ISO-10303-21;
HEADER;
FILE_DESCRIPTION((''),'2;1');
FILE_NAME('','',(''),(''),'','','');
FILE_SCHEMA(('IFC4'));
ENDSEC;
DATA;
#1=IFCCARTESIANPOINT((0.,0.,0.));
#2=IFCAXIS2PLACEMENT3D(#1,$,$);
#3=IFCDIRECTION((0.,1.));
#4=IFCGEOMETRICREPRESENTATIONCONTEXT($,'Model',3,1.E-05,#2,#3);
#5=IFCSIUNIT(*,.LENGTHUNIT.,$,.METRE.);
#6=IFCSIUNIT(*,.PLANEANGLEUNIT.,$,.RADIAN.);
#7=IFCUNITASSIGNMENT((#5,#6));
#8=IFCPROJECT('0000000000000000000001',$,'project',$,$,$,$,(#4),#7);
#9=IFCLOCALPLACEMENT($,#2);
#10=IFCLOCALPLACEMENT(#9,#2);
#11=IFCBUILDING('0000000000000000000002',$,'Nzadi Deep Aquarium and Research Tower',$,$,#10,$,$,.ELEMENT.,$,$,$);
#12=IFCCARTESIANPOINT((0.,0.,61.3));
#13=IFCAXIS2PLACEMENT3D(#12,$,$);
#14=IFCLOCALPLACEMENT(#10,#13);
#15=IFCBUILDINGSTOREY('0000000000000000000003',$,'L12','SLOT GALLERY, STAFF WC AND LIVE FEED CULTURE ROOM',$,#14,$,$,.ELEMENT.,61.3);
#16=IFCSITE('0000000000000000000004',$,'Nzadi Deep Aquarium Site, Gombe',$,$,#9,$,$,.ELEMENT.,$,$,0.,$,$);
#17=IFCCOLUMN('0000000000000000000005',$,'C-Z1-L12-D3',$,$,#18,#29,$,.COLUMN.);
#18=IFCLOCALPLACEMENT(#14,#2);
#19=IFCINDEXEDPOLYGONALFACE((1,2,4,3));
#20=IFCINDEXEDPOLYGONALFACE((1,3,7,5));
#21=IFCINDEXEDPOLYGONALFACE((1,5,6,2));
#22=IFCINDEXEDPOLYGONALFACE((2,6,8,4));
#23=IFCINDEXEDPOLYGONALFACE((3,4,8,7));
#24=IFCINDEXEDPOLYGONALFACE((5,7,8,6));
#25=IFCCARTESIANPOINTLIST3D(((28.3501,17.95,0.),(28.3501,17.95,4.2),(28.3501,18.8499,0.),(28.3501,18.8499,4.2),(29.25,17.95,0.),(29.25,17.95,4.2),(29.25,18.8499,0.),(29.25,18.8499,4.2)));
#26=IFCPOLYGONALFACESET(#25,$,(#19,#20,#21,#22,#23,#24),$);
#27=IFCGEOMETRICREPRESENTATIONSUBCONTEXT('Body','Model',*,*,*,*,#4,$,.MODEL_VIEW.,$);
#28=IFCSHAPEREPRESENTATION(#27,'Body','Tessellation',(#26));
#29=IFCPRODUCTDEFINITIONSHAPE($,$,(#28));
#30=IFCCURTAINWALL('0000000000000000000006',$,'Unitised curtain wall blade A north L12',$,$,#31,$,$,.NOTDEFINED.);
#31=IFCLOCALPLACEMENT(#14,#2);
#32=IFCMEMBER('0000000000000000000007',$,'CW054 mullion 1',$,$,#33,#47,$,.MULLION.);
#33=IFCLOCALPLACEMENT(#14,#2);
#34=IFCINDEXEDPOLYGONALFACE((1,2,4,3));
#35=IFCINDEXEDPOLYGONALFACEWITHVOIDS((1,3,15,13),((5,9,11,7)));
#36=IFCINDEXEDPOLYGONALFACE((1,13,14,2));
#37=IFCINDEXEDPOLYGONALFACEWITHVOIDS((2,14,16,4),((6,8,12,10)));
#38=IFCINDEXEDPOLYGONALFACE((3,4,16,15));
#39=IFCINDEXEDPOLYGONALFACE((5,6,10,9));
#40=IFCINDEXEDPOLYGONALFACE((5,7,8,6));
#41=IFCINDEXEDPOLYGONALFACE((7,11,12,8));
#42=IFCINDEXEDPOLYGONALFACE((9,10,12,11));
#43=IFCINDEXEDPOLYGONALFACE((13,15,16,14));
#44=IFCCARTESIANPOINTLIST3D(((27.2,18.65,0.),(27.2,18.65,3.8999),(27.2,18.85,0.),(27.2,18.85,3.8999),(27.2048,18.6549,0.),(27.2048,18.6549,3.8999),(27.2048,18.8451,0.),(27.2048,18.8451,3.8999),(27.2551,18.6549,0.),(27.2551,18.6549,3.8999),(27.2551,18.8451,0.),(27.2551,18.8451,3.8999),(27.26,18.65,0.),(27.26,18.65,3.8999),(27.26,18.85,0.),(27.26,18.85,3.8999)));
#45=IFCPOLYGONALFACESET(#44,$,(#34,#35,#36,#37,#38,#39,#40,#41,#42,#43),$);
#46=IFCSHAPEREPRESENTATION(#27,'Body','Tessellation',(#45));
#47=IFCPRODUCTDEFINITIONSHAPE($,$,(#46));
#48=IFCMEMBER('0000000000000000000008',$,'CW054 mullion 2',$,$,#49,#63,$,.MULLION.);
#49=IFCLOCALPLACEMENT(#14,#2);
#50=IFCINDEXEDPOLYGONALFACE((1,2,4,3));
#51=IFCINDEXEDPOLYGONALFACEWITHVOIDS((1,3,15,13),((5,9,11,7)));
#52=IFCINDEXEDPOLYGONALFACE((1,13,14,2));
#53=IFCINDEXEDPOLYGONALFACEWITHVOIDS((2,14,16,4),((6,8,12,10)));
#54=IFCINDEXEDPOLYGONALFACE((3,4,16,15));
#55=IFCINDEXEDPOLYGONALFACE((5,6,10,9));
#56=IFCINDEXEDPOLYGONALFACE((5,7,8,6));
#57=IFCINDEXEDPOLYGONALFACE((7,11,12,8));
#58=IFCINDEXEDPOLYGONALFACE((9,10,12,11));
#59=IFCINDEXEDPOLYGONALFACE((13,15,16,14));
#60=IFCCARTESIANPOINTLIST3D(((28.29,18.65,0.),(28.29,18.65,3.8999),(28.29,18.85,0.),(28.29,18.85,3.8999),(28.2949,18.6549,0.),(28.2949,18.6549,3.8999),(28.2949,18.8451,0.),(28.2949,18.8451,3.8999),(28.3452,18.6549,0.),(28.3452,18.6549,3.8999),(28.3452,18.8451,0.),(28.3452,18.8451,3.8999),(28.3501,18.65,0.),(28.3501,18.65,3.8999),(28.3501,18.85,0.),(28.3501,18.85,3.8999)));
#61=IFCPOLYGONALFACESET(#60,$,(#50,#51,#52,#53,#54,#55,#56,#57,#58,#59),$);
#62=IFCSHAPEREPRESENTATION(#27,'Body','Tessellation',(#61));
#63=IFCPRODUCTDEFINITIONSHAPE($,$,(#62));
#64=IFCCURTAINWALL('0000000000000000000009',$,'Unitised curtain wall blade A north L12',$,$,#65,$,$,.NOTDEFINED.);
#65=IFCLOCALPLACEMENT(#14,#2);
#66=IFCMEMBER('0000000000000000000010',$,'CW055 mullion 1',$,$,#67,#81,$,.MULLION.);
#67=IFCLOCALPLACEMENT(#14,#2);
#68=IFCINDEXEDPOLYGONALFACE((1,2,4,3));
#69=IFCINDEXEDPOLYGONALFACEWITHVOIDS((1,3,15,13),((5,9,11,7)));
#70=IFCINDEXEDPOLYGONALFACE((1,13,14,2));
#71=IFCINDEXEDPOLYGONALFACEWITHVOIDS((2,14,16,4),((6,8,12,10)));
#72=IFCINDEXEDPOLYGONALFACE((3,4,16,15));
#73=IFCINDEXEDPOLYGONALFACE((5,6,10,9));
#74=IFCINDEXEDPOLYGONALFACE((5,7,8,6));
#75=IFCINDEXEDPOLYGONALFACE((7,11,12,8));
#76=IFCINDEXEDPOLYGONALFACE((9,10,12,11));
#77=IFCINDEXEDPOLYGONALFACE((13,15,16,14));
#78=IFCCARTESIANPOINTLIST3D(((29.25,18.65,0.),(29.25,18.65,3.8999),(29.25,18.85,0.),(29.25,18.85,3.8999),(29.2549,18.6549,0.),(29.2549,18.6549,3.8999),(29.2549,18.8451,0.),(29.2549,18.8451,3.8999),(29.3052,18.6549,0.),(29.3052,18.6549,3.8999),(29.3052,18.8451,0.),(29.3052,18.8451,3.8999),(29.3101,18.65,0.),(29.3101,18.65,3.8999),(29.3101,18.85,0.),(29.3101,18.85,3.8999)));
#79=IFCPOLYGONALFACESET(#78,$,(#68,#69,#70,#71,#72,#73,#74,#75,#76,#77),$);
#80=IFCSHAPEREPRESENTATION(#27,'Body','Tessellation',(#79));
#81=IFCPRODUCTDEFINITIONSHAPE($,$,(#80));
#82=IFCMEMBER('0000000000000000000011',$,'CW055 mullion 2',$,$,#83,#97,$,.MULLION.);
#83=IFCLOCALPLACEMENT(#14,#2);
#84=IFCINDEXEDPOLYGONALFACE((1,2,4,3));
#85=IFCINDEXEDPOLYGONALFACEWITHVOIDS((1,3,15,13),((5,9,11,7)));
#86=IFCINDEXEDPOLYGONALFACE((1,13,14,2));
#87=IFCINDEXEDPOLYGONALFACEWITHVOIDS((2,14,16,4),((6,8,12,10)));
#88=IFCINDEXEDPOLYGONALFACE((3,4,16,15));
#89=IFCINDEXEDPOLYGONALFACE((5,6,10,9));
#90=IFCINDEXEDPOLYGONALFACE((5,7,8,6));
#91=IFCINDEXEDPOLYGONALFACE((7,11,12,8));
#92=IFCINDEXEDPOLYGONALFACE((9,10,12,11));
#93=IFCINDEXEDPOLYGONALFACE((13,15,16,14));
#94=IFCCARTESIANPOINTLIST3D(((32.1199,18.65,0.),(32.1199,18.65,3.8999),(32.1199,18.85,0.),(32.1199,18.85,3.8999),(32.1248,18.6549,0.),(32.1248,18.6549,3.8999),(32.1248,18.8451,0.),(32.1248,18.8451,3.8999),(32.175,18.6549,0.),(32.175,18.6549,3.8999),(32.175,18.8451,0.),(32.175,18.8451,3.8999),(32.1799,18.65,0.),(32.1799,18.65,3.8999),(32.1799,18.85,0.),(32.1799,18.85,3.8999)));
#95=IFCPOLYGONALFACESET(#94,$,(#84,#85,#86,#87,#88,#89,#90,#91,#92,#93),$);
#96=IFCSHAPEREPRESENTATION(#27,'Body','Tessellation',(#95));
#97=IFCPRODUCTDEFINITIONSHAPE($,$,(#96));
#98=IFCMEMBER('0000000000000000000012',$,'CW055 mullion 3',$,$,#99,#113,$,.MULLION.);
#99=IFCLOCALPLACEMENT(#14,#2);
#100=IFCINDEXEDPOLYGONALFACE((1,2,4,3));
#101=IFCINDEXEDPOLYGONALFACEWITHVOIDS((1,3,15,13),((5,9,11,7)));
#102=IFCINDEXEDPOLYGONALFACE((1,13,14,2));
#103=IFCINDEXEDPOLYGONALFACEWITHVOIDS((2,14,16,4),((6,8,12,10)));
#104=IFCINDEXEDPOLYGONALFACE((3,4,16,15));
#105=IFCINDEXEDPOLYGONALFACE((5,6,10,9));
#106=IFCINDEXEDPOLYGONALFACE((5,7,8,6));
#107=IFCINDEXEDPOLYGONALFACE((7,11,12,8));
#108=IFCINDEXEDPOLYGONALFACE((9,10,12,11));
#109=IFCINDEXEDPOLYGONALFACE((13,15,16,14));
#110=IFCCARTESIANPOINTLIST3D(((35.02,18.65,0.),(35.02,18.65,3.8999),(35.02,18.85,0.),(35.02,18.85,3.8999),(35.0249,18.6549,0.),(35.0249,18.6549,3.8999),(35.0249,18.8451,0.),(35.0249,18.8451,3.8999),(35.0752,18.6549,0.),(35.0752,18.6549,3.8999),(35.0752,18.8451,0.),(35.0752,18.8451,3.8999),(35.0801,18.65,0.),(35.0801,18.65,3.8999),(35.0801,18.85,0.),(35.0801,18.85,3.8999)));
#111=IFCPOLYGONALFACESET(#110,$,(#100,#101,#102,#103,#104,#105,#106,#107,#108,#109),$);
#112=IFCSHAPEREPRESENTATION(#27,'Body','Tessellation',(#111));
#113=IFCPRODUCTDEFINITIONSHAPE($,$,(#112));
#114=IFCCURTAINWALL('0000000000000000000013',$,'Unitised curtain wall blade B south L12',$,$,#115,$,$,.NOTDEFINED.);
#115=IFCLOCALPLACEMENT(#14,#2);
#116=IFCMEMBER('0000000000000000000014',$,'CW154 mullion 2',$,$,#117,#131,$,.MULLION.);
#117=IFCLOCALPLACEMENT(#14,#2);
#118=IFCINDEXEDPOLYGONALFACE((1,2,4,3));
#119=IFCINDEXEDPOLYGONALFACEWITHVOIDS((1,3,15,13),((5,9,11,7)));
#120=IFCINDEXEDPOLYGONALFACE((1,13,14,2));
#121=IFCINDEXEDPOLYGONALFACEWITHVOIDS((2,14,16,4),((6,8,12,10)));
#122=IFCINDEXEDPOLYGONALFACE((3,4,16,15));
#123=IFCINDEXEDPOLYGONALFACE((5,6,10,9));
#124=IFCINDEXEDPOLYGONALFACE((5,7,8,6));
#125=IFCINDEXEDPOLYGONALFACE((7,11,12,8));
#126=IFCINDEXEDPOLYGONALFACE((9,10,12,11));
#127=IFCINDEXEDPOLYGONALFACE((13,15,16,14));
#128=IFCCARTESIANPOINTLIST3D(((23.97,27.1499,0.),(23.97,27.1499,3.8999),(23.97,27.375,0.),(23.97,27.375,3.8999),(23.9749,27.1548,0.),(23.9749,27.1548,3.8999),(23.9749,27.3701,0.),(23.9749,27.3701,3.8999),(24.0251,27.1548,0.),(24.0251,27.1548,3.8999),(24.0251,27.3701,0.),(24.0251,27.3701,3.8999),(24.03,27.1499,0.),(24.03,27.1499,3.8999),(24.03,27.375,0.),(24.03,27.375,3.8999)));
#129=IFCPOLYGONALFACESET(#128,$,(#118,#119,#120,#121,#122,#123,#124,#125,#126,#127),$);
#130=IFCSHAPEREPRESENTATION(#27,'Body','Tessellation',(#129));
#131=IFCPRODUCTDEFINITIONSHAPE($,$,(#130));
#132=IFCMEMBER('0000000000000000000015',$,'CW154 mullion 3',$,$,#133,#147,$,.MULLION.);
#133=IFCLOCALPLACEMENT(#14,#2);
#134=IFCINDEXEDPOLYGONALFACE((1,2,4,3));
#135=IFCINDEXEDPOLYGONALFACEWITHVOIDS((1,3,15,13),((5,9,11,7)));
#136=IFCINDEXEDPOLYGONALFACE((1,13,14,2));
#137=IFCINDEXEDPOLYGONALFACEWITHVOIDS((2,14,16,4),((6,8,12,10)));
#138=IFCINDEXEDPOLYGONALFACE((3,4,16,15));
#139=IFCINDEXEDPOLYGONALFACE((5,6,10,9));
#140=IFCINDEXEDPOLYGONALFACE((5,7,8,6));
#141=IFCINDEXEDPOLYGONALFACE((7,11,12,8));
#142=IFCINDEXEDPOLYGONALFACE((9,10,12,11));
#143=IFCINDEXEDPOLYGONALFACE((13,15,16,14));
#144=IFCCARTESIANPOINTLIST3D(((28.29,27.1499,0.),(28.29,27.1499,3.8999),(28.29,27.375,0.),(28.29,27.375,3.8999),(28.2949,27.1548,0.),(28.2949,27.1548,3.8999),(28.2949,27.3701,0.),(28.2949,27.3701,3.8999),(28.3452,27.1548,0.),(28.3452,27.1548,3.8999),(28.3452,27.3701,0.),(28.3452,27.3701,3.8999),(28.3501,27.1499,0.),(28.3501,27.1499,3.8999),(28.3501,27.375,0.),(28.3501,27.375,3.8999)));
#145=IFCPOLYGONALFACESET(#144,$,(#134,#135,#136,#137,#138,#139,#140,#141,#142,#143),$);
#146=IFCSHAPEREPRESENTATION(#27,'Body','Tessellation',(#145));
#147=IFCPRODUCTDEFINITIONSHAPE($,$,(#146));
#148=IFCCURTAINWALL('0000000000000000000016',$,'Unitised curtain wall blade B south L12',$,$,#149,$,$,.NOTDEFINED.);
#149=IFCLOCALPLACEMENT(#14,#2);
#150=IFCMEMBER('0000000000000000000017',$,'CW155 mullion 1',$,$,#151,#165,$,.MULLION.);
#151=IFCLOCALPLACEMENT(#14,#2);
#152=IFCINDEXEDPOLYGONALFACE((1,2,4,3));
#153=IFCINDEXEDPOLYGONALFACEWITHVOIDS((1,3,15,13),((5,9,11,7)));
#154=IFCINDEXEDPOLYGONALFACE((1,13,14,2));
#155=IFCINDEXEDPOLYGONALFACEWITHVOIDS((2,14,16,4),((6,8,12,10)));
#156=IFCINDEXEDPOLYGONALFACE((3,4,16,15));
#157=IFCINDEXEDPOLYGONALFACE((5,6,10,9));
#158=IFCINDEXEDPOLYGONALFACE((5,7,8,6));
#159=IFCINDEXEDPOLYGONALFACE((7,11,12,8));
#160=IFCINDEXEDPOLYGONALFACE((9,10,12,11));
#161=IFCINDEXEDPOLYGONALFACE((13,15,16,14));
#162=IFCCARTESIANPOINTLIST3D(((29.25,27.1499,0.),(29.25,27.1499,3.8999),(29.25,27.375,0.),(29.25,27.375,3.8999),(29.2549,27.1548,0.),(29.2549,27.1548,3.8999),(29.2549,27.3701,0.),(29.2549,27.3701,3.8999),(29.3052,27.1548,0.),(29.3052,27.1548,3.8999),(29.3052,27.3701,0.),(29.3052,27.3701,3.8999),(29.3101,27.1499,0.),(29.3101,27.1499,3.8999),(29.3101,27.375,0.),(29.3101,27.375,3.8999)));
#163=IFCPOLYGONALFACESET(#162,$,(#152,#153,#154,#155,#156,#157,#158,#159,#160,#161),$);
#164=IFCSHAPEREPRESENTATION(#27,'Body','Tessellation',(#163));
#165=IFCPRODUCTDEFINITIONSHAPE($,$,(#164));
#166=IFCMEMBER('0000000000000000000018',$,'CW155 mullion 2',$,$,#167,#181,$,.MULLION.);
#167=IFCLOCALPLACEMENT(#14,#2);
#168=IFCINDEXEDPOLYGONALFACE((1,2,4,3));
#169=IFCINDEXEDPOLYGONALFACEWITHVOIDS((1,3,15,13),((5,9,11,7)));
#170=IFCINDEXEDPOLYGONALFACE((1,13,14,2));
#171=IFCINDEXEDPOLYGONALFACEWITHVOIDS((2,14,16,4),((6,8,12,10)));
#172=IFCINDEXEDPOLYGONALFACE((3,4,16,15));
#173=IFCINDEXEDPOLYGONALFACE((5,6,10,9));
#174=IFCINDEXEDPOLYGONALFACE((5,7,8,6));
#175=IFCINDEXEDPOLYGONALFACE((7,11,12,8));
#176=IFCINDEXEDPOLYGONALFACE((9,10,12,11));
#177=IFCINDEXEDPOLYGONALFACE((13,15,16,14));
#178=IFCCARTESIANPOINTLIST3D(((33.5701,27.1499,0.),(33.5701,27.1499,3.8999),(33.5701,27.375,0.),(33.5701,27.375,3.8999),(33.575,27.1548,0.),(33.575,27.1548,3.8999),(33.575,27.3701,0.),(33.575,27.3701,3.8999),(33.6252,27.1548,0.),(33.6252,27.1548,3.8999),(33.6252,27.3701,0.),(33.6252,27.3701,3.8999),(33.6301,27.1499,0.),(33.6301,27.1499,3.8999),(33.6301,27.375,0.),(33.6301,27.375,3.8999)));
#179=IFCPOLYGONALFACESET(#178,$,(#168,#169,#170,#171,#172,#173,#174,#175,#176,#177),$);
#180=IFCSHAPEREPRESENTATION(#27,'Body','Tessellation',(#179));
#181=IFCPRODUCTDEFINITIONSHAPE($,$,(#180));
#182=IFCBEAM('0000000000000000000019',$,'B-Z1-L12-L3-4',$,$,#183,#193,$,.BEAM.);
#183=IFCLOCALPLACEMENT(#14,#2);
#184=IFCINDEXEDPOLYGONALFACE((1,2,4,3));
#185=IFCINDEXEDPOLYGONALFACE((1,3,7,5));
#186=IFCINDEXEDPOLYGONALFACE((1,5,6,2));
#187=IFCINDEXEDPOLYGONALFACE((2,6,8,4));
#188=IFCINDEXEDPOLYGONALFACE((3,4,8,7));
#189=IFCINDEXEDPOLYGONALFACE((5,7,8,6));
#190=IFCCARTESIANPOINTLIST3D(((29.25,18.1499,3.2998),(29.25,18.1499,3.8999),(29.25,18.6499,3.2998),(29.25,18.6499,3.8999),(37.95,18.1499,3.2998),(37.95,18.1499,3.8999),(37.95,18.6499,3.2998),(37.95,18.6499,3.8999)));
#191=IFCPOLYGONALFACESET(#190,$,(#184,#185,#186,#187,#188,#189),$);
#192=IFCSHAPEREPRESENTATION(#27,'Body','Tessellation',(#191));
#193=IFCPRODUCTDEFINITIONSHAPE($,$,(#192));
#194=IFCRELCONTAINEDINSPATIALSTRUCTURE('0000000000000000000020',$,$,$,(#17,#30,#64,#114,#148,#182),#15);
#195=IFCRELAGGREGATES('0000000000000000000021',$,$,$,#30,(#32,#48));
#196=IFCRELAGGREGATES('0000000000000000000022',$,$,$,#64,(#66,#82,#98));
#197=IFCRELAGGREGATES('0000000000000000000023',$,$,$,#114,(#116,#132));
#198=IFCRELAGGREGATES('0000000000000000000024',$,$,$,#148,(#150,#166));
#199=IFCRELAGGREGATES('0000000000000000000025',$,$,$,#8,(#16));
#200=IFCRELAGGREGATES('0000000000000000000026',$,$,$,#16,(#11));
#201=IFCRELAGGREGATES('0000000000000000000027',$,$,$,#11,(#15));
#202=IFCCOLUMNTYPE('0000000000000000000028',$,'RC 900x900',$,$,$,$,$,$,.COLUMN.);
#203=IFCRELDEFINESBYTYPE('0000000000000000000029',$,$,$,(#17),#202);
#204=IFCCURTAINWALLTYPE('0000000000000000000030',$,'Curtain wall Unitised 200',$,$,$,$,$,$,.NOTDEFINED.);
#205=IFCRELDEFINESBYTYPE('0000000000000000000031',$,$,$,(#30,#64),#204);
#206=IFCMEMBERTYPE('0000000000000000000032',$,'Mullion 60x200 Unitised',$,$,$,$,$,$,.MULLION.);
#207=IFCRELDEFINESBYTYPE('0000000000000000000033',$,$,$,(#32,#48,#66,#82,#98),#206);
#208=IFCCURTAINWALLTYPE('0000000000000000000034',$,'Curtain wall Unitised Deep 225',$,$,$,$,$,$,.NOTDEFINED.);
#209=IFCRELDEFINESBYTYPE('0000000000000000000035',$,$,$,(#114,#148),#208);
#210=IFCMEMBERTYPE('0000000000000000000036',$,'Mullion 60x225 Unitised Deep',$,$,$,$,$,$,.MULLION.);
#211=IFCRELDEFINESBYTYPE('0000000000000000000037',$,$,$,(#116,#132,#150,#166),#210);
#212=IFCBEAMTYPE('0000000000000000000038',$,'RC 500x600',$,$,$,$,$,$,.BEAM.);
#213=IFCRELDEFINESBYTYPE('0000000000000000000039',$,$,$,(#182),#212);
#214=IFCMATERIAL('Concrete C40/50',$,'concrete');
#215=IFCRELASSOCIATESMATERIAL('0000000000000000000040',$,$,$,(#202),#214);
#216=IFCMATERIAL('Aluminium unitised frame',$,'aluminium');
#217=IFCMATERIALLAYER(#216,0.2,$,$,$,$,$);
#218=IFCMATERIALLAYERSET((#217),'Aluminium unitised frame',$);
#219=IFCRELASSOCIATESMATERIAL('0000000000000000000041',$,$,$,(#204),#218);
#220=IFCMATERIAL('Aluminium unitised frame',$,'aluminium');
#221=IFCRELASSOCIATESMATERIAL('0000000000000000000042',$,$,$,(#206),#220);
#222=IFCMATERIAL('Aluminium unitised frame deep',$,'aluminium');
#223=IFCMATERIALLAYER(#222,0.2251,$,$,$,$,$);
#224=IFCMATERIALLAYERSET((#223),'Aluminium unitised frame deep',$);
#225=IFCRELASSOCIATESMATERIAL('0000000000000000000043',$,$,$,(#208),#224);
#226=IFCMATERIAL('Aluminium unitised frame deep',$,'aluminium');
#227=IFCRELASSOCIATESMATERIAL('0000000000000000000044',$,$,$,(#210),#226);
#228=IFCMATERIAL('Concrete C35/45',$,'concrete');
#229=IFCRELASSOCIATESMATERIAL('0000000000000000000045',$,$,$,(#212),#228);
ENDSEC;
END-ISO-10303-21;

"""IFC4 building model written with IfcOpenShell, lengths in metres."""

from ifc_helpers import new_model, si_unit, direction, frame, origin, origin_2d, place, context, subcontext, project, spatial, rectangle, hollow_rectangle, extrude, material, layer, layer_set, material_profile, profile_set, type_object, element, aggregate, save


model = new_model("IFC4")

# Units and contexts
model_context = context("Model", 3, precision=1e-05, world=origin(), true_north=direction((0.0, 1.0)))
body_context = subcontext(model_context, "Body", "Model", "MODEL_VIEW")
ifc_project = project(units=[si_unit("LENGTHUNIT", "METRE"), si_unit("PLANEANGLEUNIT", "RADIAN")], contexts=[model_context])

# Site, building, storey
site_placement = place(None, origin())
site = spatial("IfcSite", under=ifc_project, at=site_placement, Name="Nzadi Deep Aquarium Site, Gombe", CompositionType="ELEMENT", RefElevation=0.0)
building_placement = place(site_placement, origin())
building = spatial("IfcBuilding", under=site, at=building_placement, Name="Nzadi Deep Aquarium and Research Tower", CompositionType="ELEMENT")
storey_placement = place(building_placement, frame((0.0, 0.0, 61.3)))
storey = spatial("IfcBuildingStorey", under=building, at=storey_placement, Name="L12", Description="SLOT GALLERY, STAFF WC AND LIVE FEED CULTURE ROOM", CompositionType="ELEMENT", Elevation=61.3)

# Column
ifc_material_1 = material(Name="Concrete C40/50", Category="concrete")
ifc_material_profile_1 = material_profile(ifc_material_1, rectangle(XDim=0.8999, YDim=0.8999, at=origin_2d()))
ifc_profile_set_1 = profile_set([ifc_material_profile_1], Name="Concrete C40/50")
column_type = type_object("IfcColumnType", Name="RC 900x900", PredefinedType="COLUMN", material=ifc_profile_set_1)
column_placement = place(storey_placement, frame((28.8, 18.3999, 0.0), z_axis=(0.0, 0.0, 1.0), x_axis=(1.0, 0.0, 0.0)))
element("IfcColumn", 1, at=column_placement, inside=storey, type_object=column_type, Name="C-Z1-L12-D3", PredefinedType="COLUMN", context=body_context, shape_type="SweptSolid", body=[
    extrude(rectangle(XDim=0.8999, YDim=0.8999, at=origin_2d()), origin(), (0.0, 0.0, 1.0), 4.2),
])

# Curtain walls, members
ifc_material_2 = material(Name="Aluminium unitised frame", Category="aluminium")
ifc_layer_1 = layer(ifc_material_2, 0.2)
ifc_layer_set_1 = layer_set([ifc_layer_1], Name="Aluminium unitised frame")
curtain_wall_type_1 = type_object("IfcCurtainWallType", Name="Curtain wall Unitised 200", PredefinedType="NOTDEFINED", material=ifc_layer_set_1)
curtain_wall_1_placement = place(storey_placement, origin())
curtain_wall_1 = element("IfcCurtainWall", 2, at=curtain_wall_1_placement, inside=storey, type_object=curtain_wall_type_1, Name="Unitised curtain wall blade A north L12", PredefinedType="NOTDEFINED")
ifc_material_3 = material(Name="Aluminium unitised frame", Category="aluminium")
ifc_material_profile_2 = material_profile(ifc_material_3, hollow_rectangle(XDim=0.2, YDim=0.0601, WallThickness=0.0049, at=origin_2d()))
ifc_profile_set_2 = profile_set([ifc_material_profile_2], Name="Aluminium unitised frame")
member_type_1 = type_object("IfcMemberType", Name="Mullion 60x200 Unitised", PredefinedType="MULLION", material=ifc_profile_set_2)
member_1_placement = place(storey_placement, frame((27.23, 18.75, 0.0), z_axis=(0.0, 0.0, 1.0), x_axis=(0.0, 1.0, 0.0)))
member_1 = element("IfcMember", 3, at=member_1_placement, type_object=member_type_1, Name="CW054 mullion 1", PredefinedType="MULLION", context=body_context, shape_type="SweptSolid", body=[
    extrude(hollow_rectangle(XDim=0.2, YDim=0.0601, WallThickness=0.0049, at=origin_2d()), origin(), (0.0, 0.0, 1.0), 3.8999),
])
member_2_placement = place(storey_placement, frame((28.3201, 18.75, 0.0), z_axis=(0.0, 0.0, 1.0), x_axis=(0.0, 1.0, 0.0)))
member_2 = element("IfcMember", 4, at=member_2_placement, type_object=member_type_1, Name="CW054 mullion 2", PredefinedType="MULLION", context=body_context, shape_type="SweptSolid", body=[
    extrude(hollow_rectangle(XDim=0.2, YDim=0.0601, WallThickness=0.0049, at=origin_2d()), origin(), (0.0, 0.0, 1.0), 3.8999),
])
curtain_wall_2_placement = place(storey_placement, origin())
curtain_wall_2 = element("IfcCurtainWall", 5, at=curtain_wall_2_placement, inside=storey, type_object=curtain_wall_type_1, Name="Unitised curtain wall blade A north L12", PredefinedType="NOTDEFINED")
member_3_placement = place(storey_placement, frame((29.28, 18.75, 0.0), z_axis=(0.0, 0.0, 1.0), x_axis=(0.0, 1.0, 0.0)))
member_3 = element("IfcMember", 6, at=member_3_placement, type_object=member_type_1, Name="CW055 mullion 1", PredefinedType="MULLION", context=body_context, shape_type="SweptSolid", body=[
    extrude(hollow_rectangle(XDim=0.2, YDim=0.0601, WallThickness=0.0049, at=origin_2d()), origin(), (0.0, 0.0, 1.0), 3.8999),
])
member_4_placement = place(storey_placement, frame((32.1499, 18.75, 0.0), z_axis=(0.0, 0.0, 1.0), x_axis=(0.0, 1.0, 0.0)))
member_4 = element("IfcMember", 7, at=member_4_placement, type_object=member_type_1, Name="CW055 mullion 2", PredefinedType="MULLION", context=body_context, shape_type="SweptSolid", body=[
    extrude(hollow_rectangle(XDim=0.2, YDim=0.0601, WallThickness=0.0049, at=origin_2d()), origin(), (0.0, 0.0, 1.0), 3.8999),
])
member_5_placement = place(storey_placement, frame((35.05, 18.75, 0.0), z_axis=(0.0, 0.0, 1.0), x_axis=(0.0, 1.0, 0.0)))
member_5 = element("IfcMember", 8, at=member_5_placement, type_object=member_type_1, Name="CW055 mullion 3", PredefinedType="MULLION", context=body_context, shape_type="SweptSolid", body=[
    extrude(hollow_rectangle(XDim=0.2, YDim=0.0601, WallThickness=0.0049, at=origin_2d()), origin(), (0.0, 0.0, 1.0), 3.8999),
])
ifc_material_4 = material(Name="Aluminium unitised frame deep", Category="aluminium")
ifc_layer_2 = layer(ifc_material_4, 0.2251)
ifc_layer_set_2 = layer_set([ifc_layer_2], Name="Aluminium unitised frame deep")
curtain_wall_type_2 = type_object("IfcCurtainWallType", Name="Curtain wall Unitised Deep 225", PredefinedType="NOTDEFINED", material=ifc_layer_set_2)
curtain_wall_3_placement = place(storey_placement, origin())
curtain_wall_3 = element("IfcCurtainWall", 9, at=curtain_wall_3_placement, inside=storey, type_object=curtain_wall_type_2, Name="Unitised curtain wall blade B south L12", PredefinedType="NOTDEFINED")
ifc_material_5 = material(Name="Aluminium unitised frame deep", Category="aluminium")
ifc_material_profile_3 = material_profile(ifc_material_5, hollow_rectangle(XDim=0.2251, YDim=0.0601, WallThickness=0.0049, at=origin_2d()))
ifc_profile_set_3 = profile_set([ifc_material_profile_3], Name="Aluminium unitised frame deep")
member_type_2 = type_object("IfcMemberType", Name="Mullion 60x225 Unitised Deep", PredefinedType="MULLION", material=ifc_profile_set_3)
member_6_placement = place(storey_placement, frame((24.0, 27.2625, 0.0), z_axis=(0.0, 0.0, 1.0), x_axis=(0.0, 1.0, 0.0)))
member_6 = element("IfcMember", 10, at=member_6_placement, type_object=member_type_2, Name="CW154 mullion 2", PredefinedType="MULLION", context=body_context, shape_type="SweptSolid", body=[
    extrude(hollow_rectangle(XDim=0.2251, YDim=0.0601, WallThickness=0.0049, at=origin_2d()), origin(), (0.0, 0.0, 1.0), 3.8999),
])
member_7_placement = place(storey_placement, frame((28.3201, 27.2625, 0.0), z_axis=(0.0, 0.0, 1.0), x_axis=(0.0, 1.0, 0.0)))
member_7 = element("IfcMember", 11, at=member_7_placement, type_object=member_type_2, Name="CW154 mullion 3", PredefinedType="MULLION", context=body_context, shape_type="SweptSolid", body=[
    extrude(hollow_rectangle(XDim=0.2251, YDim=0.0601, WallThickness=0.0049, at=origin_2d()), origin(), (0.0, 0.0, 1.0), 3.8999),
])
curtain_wall_4_placement = place(storey_placement, origin())
curtain_wall_4 = element("IfcCurtainWall", 12, at=curtain_wall_4_placement, inside=storey, type_object=curtain_wall_type_2, Name="Unitised curtain wall blade B south L12", PredefinedType="NOTDEFINED")
member_8_placement = place(storey_placement, frame((29.28, 27.2625, 0.0), z_axis=(0.0, 0.0, 1.0), x_axis=(0.0, 1.0, 0.0)))
member_8 = element("IfcMember", 13, at=member_8_placement, type_object=member_type_2, Name="CW155 mullion 1", PredefinedType="MULLION", context=body_context, shape_type="SweptSolid", body=[
    extrude(hollow_rectangle(XDim=0.2251, YDim=0.0601, WallThickness=0.0049, at=origin_2d()), origin(), (0.0, 0.0, 1.0), 3.8999),
])
member_9_placement = place(storey_placement, frame((33.6001, 27.2625, 0.0), z_axis=(0.0, 0.0, 1.0), x_axis=(0.0, 1.0, 0.0)))
member_9 = element("IfcMember", 14, at=member_9_placement, type_object=member_type_2, Name="CW155 mullion 2", PredefinedType="MULLION", context=body_context, shape_type="SweptSolid", body=[
    extrude(hollow_rectangle(XDim=0.2251, YDim=0.0601, WallThickness=0.0049, at=origin_2d()), origin(), (0.0, 0.0, 1.0), 3.8999),
])

# Beam
ifc_material_6 = material(Name="Concrete C35/45", Category="concrete")
ifc_material_profile_4 = material_profile(ifc_material_6, rectangle(XDim=0.5, YDim=0.6001, at=origin_2d()))
ifc_profile_set_4 = profile_set([ifc_material_profile_4], Name="Concrete C35/45")
beam_type = type_object("IfcBeamType", Name="RC 500x600", PredefinedType="BEAM", material=ifc_profile_set_4)
beam_placement = place(storey_placement, frame((29.25, 18.3999, 3.5999), z_axis=(1.0, 0.0, 0.0), x_axis=(0.0, 1.0, 0.0)))
element("IfcBeam", 15, at=beam_placement, inside=storey, type_object=beam_type, Name="B-Z1-L12-L3-4", PredefinedType="BEAM", context=body_context, shape_type="SweptSolid", body=[
    extrude(rectangle(XDim=0.5, YDim=0.6001, at=origin_2d()), origin(), (0.0, 0.0, 1.0), 8.7),
])

aggregate(curtain_wall_1, [member_1, member_2])
aggregate(curtain_wall_2, [member_3, member_4, member_5])
aggregate(curtain_wall_3, [member_6, member_7])
aggregate(curtain_wall_4, [member_8, member_9])

save(model, "model.ifc")
